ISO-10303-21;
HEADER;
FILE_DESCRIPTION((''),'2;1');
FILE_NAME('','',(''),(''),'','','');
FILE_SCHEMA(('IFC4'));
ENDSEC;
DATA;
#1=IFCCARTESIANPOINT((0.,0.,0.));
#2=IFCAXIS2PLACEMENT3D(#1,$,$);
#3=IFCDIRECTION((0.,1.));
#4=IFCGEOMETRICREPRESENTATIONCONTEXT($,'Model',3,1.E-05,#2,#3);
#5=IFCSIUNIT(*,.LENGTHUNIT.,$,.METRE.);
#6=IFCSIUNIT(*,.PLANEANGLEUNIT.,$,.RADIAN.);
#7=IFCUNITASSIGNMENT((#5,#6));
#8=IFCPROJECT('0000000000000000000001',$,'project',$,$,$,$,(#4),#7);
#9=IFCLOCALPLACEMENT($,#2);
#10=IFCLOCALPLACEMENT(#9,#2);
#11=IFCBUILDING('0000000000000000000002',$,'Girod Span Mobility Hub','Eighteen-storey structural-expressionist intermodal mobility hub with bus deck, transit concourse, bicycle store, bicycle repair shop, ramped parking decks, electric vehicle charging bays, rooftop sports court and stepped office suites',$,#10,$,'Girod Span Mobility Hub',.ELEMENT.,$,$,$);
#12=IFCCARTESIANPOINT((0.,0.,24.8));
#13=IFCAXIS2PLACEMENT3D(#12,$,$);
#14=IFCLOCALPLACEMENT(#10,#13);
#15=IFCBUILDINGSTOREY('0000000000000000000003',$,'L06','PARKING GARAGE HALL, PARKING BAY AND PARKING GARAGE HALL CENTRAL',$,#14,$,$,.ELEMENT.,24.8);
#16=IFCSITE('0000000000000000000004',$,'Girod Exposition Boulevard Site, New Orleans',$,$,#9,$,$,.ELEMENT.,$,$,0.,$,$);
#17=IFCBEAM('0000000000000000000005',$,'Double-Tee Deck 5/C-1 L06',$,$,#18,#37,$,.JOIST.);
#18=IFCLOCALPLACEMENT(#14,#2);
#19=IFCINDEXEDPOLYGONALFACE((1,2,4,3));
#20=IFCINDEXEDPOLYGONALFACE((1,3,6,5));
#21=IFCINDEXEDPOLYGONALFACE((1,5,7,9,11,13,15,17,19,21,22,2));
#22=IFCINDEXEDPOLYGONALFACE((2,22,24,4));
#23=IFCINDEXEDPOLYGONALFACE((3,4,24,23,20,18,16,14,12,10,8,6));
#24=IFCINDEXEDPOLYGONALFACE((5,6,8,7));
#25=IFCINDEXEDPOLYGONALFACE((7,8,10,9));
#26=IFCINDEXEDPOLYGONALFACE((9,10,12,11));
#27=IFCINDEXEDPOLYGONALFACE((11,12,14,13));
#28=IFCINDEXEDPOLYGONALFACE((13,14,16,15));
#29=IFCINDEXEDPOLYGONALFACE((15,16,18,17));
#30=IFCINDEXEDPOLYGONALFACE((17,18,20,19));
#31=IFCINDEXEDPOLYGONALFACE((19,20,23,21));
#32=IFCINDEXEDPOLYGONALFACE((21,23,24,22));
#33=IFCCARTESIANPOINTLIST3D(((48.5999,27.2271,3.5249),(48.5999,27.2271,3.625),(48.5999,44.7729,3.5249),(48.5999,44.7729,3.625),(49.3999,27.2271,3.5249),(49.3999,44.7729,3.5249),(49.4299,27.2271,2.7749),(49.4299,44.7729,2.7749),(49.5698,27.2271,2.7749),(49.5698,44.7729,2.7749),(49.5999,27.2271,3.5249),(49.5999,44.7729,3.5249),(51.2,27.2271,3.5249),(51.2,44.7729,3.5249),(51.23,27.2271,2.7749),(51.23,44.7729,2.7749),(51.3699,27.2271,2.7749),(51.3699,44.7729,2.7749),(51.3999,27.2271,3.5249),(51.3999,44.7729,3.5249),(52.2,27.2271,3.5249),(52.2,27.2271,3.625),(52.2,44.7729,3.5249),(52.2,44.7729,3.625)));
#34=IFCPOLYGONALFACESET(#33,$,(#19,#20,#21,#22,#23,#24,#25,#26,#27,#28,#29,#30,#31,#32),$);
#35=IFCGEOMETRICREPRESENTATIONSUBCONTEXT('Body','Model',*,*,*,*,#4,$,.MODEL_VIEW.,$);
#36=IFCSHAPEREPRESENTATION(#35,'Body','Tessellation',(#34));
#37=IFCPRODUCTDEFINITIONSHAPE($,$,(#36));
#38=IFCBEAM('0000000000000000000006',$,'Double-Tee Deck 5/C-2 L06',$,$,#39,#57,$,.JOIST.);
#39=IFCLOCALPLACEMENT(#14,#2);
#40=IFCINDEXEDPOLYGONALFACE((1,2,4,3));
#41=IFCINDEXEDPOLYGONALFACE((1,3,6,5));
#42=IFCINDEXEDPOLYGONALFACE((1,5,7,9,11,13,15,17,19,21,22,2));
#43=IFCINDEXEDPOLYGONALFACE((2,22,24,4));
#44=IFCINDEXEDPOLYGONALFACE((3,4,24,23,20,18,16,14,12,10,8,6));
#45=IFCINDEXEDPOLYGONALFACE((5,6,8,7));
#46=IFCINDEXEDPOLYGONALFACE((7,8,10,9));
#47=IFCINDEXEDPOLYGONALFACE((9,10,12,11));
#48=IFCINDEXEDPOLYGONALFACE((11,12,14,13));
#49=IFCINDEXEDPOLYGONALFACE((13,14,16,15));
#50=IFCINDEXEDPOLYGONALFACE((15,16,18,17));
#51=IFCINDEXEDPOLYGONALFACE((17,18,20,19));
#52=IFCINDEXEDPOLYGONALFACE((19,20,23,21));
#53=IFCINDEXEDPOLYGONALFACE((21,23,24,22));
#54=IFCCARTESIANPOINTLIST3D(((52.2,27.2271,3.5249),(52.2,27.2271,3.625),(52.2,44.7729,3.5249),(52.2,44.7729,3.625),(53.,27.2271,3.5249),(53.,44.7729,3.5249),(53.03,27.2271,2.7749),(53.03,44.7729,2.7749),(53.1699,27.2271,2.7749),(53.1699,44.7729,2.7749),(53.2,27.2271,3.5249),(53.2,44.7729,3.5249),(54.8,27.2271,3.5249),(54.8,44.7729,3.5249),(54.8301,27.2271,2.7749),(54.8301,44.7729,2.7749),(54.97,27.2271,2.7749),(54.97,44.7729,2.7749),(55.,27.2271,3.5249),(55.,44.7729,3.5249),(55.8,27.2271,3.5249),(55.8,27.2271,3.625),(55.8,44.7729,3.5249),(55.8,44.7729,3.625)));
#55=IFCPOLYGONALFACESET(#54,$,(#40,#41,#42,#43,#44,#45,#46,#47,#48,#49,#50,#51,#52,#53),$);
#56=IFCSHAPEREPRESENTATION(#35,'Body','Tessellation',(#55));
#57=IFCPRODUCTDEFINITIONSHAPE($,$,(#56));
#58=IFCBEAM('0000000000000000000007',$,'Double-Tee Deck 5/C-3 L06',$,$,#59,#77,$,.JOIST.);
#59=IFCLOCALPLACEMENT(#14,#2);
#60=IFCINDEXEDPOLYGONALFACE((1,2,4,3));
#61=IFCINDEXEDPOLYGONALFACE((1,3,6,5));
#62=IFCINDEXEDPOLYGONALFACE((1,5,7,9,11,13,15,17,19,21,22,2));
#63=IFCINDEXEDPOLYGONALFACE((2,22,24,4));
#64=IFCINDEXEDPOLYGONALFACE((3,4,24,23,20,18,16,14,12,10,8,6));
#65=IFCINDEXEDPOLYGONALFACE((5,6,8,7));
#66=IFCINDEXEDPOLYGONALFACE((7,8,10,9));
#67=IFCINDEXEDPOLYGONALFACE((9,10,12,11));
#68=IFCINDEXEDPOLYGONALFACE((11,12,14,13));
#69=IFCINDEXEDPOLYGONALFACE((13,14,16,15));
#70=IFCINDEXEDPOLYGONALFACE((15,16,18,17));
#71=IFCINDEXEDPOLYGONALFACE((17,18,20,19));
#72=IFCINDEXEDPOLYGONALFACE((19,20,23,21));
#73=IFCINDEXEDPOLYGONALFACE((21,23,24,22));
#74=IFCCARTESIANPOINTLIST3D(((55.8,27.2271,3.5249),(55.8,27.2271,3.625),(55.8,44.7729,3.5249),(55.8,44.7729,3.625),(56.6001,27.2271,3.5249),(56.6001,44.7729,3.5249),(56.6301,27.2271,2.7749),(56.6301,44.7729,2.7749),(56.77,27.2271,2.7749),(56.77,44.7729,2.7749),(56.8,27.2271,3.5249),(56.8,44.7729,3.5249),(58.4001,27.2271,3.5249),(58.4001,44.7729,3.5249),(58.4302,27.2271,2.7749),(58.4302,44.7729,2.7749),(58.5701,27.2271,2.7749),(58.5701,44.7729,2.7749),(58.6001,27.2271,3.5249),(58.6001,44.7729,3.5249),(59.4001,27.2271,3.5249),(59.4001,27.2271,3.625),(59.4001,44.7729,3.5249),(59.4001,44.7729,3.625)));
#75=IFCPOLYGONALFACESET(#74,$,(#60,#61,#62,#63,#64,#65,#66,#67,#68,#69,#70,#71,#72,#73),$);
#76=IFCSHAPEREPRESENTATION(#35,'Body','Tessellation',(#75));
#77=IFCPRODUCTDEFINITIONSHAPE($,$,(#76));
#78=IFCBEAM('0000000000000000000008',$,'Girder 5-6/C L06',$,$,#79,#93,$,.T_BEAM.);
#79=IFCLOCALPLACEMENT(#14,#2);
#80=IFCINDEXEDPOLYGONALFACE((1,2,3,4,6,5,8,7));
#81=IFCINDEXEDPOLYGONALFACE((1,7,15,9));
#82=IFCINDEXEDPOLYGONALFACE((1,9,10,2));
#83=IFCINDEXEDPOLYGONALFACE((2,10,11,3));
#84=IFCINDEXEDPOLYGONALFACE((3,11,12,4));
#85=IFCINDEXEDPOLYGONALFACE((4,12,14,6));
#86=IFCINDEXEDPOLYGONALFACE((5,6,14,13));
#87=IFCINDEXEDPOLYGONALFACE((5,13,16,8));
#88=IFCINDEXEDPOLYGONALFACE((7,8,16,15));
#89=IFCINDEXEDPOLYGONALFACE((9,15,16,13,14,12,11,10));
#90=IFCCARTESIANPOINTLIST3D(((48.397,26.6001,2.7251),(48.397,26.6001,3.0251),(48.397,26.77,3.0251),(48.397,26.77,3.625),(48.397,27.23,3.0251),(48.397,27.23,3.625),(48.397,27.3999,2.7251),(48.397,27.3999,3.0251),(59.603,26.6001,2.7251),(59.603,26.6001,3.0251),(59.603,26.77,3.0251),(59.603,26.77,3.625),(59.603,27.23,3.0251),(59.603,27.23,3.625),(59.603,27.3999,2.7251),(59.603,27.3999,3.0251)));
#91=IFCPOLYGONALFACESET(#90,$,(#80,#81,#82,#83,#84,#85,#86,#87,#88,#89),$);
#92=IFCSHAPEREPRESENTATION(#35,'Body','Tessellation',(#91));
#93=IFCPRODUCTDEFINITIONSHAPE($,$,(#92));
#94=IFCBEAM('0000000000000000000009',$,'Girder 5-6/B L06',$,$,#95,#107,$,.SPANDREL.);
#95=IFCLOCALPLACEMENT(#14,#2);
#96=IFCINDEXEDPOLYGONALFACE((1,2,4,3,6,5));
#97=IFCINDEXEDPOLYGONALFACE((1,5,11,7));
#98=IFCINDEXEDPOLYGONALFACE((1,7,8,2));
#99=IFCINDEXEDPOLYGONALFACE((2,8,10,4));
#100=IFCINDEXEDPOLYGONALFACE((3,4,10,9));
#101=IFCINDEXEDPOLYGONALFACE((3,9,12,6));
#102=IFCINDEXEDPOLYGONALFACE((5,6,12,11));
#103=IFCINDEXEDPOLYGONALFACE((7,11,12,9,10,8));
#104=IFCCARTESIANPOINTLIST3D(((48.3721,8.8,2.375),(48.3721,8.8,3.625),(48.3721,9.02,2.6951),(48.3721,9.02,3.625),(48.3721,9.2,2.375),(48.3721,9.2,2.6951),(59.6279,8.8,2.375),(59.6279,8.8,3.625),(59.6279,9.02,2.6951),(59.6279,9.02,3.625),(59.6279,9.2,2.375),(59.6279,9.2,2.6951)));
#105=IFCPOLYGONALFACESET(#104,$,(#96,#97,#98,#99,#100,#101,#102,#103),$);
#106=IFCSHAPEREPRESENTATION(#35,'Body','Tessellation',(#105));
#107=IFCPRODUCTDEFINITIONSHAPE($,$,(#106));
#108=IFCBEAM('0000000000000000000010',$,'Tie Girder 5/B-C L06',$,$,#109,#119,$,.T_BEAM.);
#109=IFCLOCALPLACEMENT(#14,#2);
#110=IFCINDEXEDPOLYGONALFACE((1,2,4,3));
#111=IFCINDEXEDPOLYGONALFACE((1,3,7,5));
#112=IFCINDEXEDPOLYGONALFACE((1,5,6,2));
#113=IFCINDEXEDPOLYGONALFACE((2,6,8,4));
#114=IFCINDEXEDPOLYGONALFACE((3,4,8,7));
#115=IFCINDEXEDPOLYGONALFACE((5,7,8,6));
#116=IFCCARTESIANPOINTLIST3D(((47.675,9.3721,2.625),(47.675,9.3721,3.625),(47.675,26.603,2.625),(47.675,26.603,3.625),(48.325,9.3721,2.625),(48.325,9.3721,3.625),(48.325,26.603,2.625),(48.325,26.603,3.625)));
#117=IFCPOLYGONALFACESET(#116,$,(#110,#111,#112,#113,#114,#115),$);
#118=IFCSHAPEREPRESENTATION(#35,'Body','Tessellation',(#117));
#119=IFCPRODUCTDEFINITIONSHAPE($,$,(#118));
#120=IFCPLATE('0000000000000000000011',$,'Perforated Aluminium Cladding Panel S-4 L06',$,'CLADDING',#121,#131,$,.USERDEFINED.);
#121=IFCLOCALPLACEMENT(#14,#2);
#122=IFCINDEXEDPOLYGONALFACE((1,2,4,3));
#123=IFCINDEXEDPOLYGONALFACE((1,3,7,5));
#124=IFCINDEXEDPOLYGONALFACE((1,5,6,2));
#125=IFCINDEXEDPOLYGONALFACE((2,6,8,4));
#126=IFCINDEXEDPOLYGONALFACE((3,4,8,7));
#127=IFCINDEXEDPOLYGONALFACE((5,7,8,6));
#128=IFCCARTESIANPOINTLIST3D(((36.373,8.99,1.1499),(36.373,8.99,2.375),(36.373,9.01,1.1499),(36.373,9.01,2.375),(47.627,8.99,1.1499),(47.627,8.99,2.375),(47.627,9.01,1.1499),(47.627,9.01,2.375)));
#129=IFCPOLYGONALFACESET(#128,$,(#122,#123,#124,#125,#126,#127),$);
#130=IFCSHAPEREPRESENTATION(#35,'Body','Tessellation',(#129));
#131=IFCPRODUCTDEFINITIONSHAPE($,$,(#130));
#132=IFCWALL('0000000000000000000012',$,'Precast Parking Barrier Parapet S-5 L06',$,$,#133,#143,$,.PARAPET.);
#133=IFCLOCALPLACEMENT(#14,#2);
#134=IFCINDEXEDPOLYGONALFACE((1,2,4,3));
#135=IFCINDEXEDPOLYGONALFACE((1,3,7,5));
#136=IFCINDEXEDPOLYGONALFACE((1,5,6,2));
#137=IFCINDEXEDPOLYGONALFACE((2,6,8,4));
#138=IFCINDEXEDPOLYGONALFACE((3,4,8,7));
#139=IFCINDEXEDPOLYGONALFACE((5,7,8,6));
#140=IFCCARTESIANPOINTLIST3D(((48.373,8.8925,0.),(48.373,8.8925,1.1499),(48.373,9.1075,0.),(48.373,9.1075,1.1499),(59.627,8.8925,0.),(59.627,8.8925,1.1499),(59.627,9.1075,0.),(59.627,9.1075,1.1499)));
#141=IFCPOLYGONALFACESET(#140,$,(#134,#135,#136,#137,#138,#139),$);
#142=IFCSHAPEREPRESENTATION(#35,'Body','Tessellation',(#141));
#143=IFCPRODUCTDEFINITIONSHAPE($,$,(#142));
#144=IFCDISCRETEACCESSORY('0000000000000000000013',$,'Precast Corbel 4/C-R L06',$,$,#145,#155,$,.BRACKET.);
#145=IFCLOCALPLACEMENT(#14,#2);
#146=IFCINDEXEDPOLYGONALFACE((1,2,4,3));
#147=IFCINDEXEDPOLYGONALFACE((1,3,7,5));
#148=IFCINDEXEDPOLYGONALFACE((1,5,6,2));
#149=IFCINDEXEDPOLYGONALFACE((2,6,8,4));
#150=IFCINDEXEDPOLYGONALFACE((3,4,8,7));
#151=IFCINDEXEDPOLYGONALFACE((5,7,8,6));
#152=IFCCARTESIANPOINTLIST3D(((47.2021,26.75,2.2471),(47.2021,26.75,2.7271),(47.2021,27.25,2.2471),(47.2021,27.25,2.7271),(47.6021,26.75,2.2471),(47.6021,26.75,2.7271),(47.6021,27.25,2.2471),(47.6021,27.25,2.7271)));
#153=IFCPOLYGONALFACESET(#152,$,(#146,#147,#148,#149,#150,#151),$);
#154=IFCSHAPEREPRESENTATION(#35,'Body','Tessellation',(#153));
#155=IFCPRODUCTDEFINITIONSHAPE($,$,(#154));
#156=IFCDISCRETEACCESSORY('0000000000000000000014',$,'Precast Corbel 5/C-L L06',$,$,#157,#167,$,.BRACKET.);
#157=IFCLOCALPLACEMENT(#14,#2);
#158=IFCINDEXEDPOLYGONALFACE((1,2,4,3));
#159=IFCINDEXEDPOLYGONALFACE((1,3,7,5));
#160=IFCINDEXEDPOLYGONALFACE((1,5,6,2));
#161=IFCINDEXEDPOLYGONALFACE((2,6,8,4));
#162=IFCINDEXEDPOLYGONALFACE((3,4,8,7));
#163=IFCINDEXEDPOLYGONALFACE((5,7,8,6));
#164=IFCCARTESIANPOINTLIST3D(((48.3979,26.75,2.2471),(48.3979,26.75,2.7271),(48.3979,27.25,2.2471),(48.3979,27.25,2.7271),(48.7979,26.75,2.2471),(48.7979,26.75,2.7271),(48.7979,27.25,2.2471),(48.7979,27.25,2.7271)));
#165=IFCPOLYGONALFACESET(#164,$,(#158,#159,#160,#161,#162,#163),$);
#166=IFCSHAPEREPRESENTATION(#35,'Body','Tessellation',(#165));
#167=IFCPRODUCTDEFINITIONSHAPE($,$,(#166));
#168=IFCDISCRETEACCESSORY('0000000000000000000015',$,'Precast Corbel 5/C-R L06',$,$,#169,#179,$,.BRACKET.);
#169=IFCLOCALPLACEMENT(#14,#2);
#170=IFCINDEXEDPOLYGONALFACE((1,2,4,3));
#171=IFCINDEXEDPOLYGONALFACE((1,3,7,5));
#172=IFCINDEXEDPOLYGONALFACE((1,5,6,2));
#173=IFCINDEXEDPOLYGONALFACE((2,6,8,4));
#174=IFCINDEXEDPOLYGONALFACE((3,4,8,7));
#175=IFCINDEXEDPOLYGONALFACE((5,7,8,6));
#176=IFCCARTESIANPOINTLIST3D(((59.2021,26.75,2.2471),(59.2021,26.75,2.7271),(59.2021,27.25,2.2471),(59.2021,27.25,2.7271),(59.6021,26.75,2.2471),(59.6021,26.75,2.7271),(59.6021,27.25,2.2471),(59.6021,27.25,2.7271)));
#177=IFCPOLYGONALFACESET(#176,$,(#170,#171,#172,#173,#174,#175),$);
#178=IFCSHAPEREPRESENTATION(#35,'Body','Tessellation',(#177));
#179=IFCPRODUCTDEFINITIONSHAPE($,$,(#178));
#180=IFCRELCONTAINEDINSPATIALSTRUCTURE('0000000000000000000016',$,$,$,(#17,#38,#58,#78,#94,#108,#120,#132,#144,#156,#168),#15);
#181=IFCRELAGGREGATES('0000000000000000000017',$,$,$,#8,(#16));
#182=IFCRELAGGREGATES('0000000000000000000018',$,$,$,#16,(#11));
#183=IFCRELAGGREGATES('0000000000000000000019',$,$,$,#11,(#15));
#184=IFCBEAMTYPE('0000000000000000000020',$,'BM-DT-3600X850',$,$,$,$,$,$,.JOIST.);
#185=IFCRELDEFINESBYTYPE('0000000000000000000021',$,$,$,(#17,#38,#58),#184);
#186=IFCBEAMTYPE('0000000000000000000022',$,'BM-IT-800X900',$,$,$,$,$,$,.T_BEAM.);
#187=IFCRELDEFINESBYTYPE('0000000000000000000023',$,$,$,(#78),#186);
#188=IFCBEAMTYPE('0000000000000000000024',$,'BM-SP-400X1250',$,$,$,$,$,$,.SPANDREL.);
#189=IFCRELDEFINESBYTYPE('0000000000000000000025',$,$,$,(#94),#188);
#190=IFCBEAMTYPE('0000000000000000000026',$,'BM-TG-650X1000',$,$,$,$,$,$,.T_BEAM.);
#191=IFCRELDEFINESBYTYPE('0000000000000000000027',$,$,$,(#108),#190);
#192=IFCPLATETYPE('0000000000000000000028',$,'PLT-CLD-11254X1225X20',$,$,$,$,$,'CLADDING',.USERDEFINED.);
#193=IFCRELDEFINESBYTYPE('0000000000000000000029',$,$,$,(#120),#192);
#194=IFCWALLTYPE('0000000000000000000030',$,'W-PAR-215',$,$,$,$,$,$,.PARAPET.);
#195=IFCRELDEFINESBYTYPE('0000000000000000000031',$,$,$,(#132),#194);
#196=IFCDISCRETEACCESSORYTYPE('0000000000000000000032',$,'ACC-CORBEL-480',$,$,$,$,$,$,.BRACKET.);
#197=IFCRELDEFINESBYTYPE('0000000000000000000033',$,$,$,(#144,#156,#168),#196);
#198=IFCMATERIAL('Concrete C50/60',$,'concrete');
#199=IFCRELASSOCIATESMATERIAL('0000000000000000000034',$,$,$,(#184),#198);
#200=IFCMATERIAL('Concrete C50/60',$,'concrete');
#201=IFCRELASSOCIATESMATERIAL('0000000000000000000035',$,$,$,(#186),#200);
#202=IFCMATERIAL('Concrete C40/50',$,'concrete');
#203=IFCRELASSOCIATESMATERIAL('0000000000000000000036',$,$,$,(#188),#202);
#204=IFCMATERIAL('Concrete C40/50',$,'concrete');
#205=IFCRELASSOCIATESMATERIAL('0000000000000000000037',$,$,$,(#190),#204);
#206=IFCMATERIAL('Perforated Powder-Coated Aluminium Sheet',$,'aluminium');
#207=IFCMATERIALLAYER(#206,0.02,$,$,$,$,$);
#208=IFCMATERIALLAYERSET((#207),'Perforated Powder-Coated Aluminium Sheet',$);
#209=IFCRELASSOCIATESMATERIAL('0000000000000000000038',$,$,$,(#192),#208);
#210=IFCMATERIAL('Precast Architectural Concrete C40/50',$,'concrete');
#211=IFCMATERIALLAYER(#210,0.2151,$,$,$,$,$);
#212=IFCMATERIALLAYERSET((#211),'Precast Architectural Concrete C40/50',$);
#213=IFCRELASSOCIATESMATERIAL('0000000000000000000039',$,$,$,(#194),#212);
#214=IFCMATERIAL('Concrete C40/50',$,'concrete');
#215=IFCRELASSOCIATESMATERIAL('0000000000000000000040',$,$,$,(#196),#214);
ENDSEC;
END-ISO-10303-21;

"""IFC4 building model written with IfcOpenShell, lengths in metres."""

from ifc_helpers import new_model, si_unit, direction, frame, frame_2d, origin, origin_2d, place, context, subcontext, project, spatial, polyline, rectangle, outline, extrude, material, layer, layer_set, material_profile, profile_set, type_object, element, save


model = new_model("IFC4")

# Units and contexts
model_context = context("Model", 3, precision=1e-05, world=origin(), true_north=direction((0.0, 1.0)))
body_context = subcontext(model_context, "Body", "Model", "MODEL_VIEW")
ifc_project = project(units=[si_unit("LENGTHUNIT", "METRE"), si_unit("PLANEANGLEUNIT", "RADIAN")], contexts=[model_context])

# Site, building, storey
site_placement = place(None, origin())
site = spatial("IfcSite", under=ifc_project, at=site_placement, Name="Girod Exposition Boulevard Site, New Orleans", CompositionType="ELEMENT", RefElevation=0.0)
building_placement = place(site_placement, origin())
building = spatial("IfcBuilding", under=site, at=building_placement, Name="Girod Span Mobility Hub", Description="Eighteen-storey structural-expressionist intermodal mobility hub with bus deck, transit concourse, bicycle store, bicycle repair shop, ramped parking decks, electric vehicle charging bays, rooftop sports court and stepped office suites", LongName="Girod Span Mobility Hub", CompositionType="ELEMENT")
storey_placement = place(building_placement, frame((0.0, 0.0, 24.8)))
storey = spatial("IfcBuildingStorey", under=building, at=storey_placement, Name="L06", Description="PARKING GARAGE HALL, PARKING BAY AND PARKING GARAGE HALL CENTRAL", CompositionType="ELEMENT", Elevation=24.8)

# Beams
ifc_material_1 = material(Name="Concrete C50/60", Category="concrete")
ifc_material_profile_1 = material_profile(ifc_material_1, outline(polyline([(-1.8, 0.425), (-1.8, 0.325), (-1.0, 0.325), (-0.97, -0.425), (-0.8301, -0.425), (-0.8, 0.325), (0.8, 0.325), (0.8301, -0.425), (0.97, -0.425), (1.0, 0.325), (1.8, 0.325), (1.8, 0.425), (-1.8, 0.425)])), Name="DT-3600X850")
ifc_profile_set_1 = profile_set([ifc_material_profile_1], Name="Concrete C50/60")
beam_type_1 = type_object("IfcBeamType", Name="BM-DT-3600X850", PredefinedType="JOIST", material=ifc_profile_set_1)
for number, where, z_axis, x_axis, name in (
    (1, (50.3999, 27.2271, 3.2), (0.0, 1.0, 0.0), (-1.0, 0.0, 0.0), "Double-Tee Deck 5/C-1 L06"),
    (2, (54.0, 27.2271, 3.2), (0.0, 1.0, 0.0), (-1.0, 0.0, 0.0), "Double-Tee Deck 5/C-2 L06"),
    (3, (57.6001, 27.2271, 3.2), (0.0, 1.0, 0.0), (-1.0, 0.0, 0.0), "Double-Tee Deck 5/C-3 L06"),
):
    element("IfcBeam", number, at=place(storey_placement, frame(where, z_axis=z_axis, x_axis=x_axis)), inside=storey, type_object=beam_type_1, Name=name, PredefinedType="JOIST", context=body_context, shape_type="SweptSolid", body=[
        extrude(outline(polyline([(-1.8, 0.425), (-1.8, 0.325), (-1.0, 0.325), (-0.97, -0.425), (-0.8301, -0.425), (-0.8, 0.325), (0.8, 0.325), (0.8301, -0.425), (0.97, -0.425), (1.0, 0.325), (1.8, 0.325), (1.8, 0.425), (-1.8, 0.425)])), origin(), (0.0, 0.0, 1.0), 17.5459),
    ])
ifc_material_2 = material(Name="Concrete C50/60", Category="concrete")
ifc_material_profile_2 = material_profile(ifc_material_2, outline(polyline([(-0.3999, -0.45), (0.3999, -0.45), (0.3999, -0.1499), (0.23, -0.1499), (0.23, 0.45), (-0.23, 0.45), (-0.23, -0.1499), (-0.3999, -0.1499), (-0.3999, -0.45)])), Name="IT-800X900")
ifc_profile_set_2 = profile_set([ifc_material_profile_2], Name="Concrete C50/60")
beam_type_2 = type_object("IfcBeamType", Name="BM-IT-800X900", PredefinedType="T_BEAM", material=ifc_profile_set_2)
beam_1_placement = place(storey_placement, frame((48.397, 27.0, 3.175), z_axis=(1.0, 0.0, 0.0), x_axis=(0.0, 1.0, 0.0)))
element("IfcBeam", 4, at=beam_1_placement, inside=storey, type_object=beam_type_2, Name="Girder 5-6/C L06", PredefinedType="T_BEAM", context=body_context, shape_type="SweptSolid", body=[
    extrude(outline(polyline([(-0.3999, -0.45), (0.3999, -0.45), (0.3999, -0.1499), (0.23, -0.1499), (0.23, 0.45), (-0.23, 0.45), (-0.23, -0.1499), (-0.3999, -0.1499), (-0.3999, -0.45)])), origin(), (0.0, 0.0, 1.0), 11.2061),
])
ifc_material_3 = material(Name="Concrete C40/50", Category="concrete")
ifc_material_profile_3 = material_profile(ifc_material_3, outline(polyline([(-0.2, -0.625), (0.2, -0.625), (0.2, -0.3049), (0.02, -0.3049), (0.02, 0.625), (-0.2, 0.625), (-0.2, -0.625)])), Name="SP-400X1250")
ifc_profile_set_3 = profile_set([ifc_material_profile_3], Name="Concrete C40/50")
beam_type_3 = type_object("IfcBeamType", Name="BM-SP-400X1250", PredefinedType="SPANDREL", material=ifc_profile_set_3)
beam_2_placement = place(storey_placement, frame((48.3721, 9.0, 3.0), z_axis=(1.0, 0.0, 0.0), x_axis=(0.0, 1.0, 0.0)))
element("IfcBeam", 5, at=beam_2_placement, inside=storey, type_object=beam_type_3, Name="Girder 5-6/B L06", PredefinedType="SPANDREL", context=body_context, shape_type="SweptSolid", body=[
    extrude(outline(polyline([(-0.2, -0.625), (0.2, -0.625), (0.2, -0.3049), (0.02, -0.3049), (0.02, 0.625), (-0.2, 0.625), (-0.2, -0.625)])), origin(), (0.0, 0.0, 1.0), 11.2559),
])
ifc_material_4 = material(Name="Concrete C40/50", Category="concrete")
ifc_material_profile_4 = material_profile(ifc_material_4, rectangle(XDim=0.6499, YDim=1.0, at=origin_2d()), Name="TG-650X1000")
ifc_profile_set_4 = profile_set([ifc_material_profile_4], Name="Concrete C40/50")
beam_type_4 = type_object("IfcBeamType", Name="BM-TG-650X1000", PredefinedType="T_BEAM", material=ifc_profile_set_4)
beam_3_placement = place(storey_placement, frame((48.0, 9.3721, 3.125), z_axis=(0.0, 1.0, 0.0), x_axis=(-1.0, 0.0, 0.0)))
element("IfcBeam", 6, at=beam_3_placement, inside=storey, type_object=beam_type_4, Name="Tie Girder 5/B-C L06", PredefinedType="T_BEAM", context=body_context, shape_type="SweptSolid", body=[
    extrude(rectangle(XDim=0.6499, YDim=1.0, at=origin_2d()), origin(), (0.0, 0.0, 1.0), 17.231),
])

# Plate
ifc_material_5 = material(Name="Perforated Powder-Coated Aluminium Sheet", Category="aluminium")
ifc_layer_1 = layer(ifc_material_5, 0.02)
ifc_layer_set_1 = layer_set([ifc_layer_1], Name="Perforated Powder-Coated Aluminium Sheet")
plate_type = type_object("IfcPlateType", Name="PLT-CLD-11254X1225X20", ElementType="CLADDING", PredefinedType="USERDEFINED", material=ifc_layer_set_1)
plate_placement = place(storey_placement, frame((42.0, 9.0, 1.1499), z_axis=(0.0, 0.0, 1.0), x_axis=(1.0, 0.0, 0.0)))
element("IfcPlate", 7, at=plate_placement, inside=storey, type_object=plate_type, Name="Perforated Aluminium Cladding Panel S-4 L06", ObjectType="CLADDING", PredefinedType="USERDEFINED", context=body_context, shape_type="SweptSolid", body=[
    extrude(rectangle(XDim=11.2539, YDim=0.02, at=origin_2d()), origin(), (0.0, 0.0, 1.0), 1.2251),
])

# Wall
ifc_material_6 = material(Name="Precast Architectural Concrete C40/50", Category="concrete")
ifc_layer_2 = layer(ifc_material_6, 0.2151)
ifc_layer_set_2 = layer_set([ifc_layer_2], Name="Precast Architectural Concrete C40/50")
wall_type = type_object("IfcWallType", Name="W-PAR-215", PredefinedType="PARAPET", material=ifc_layer_set_2)
wall_placement = place(storey_placement, frame((48.373, 9.0, 0.0), z_axis=(0.0, 0.0, 1.0), x_axis=(1.0, 0.0, 0.0)))
element("IfcWall", 8, at=wall_placement, inside=storey, type_object=wall_type, Name="Precast Parking Barrier Parapet S-5 L06", PredefinedType="PARAPET", context=body_context, shape_type="SweptSolid", body=[
    extrude(rectangle(XDim=11.2539, YDim=0.2151, at=frame_2d((5.627, 0.0))), origin(), (0.0, 0.0, 1.0), 1.1499),
])

# Discrete accessories
ifc_material_7 = material(Name="Concrete C40/50", Category="concrete")
discrete_accessory_type = type_object("IfcDiscreteAccessoryType", Name="ACC-CORBEL-480", PredefinedType="BRACKET", material=ifc_material_7)
for number, where, z_axis, x_axis, name in (
    (9, (47.4021, 27.0, 2.2471), (0.0, 0.0, 1.0), (1.0, 0.0, 0.0), "Precast Corbel 4/C-R L06"),
    (10, (48.5979, 27.0, 2.2471), (0.0, 0.0, 1.0), (1.0, 0.0, 0.0), "Precast Corbel 5/C-L L06"),
    (11, (59.4021, 27.0, 2.2471), (0.0, 0.0, 1.0), (1.0, 0.0, 0.0), "Precast Corbel 5/C-R L06"),
):
    element("IfcDiscreteAccessory", number, at=place(storey_placement, frame(where, z_axis=z_axis, x_axis=x_axis)), inside=storey, type_object=discrete_accessory_type, Name=name, PredefinedType="BRACKET", context=body_context, shape_type="SweptSolid", body=[
        extrude(rectangle(XDim=0.3999, YDim=0.5, at=origin_2d()), origin(), (0.0, 0.0, 1.0), 0.48),
    ])

save(model, "model.ifc")
